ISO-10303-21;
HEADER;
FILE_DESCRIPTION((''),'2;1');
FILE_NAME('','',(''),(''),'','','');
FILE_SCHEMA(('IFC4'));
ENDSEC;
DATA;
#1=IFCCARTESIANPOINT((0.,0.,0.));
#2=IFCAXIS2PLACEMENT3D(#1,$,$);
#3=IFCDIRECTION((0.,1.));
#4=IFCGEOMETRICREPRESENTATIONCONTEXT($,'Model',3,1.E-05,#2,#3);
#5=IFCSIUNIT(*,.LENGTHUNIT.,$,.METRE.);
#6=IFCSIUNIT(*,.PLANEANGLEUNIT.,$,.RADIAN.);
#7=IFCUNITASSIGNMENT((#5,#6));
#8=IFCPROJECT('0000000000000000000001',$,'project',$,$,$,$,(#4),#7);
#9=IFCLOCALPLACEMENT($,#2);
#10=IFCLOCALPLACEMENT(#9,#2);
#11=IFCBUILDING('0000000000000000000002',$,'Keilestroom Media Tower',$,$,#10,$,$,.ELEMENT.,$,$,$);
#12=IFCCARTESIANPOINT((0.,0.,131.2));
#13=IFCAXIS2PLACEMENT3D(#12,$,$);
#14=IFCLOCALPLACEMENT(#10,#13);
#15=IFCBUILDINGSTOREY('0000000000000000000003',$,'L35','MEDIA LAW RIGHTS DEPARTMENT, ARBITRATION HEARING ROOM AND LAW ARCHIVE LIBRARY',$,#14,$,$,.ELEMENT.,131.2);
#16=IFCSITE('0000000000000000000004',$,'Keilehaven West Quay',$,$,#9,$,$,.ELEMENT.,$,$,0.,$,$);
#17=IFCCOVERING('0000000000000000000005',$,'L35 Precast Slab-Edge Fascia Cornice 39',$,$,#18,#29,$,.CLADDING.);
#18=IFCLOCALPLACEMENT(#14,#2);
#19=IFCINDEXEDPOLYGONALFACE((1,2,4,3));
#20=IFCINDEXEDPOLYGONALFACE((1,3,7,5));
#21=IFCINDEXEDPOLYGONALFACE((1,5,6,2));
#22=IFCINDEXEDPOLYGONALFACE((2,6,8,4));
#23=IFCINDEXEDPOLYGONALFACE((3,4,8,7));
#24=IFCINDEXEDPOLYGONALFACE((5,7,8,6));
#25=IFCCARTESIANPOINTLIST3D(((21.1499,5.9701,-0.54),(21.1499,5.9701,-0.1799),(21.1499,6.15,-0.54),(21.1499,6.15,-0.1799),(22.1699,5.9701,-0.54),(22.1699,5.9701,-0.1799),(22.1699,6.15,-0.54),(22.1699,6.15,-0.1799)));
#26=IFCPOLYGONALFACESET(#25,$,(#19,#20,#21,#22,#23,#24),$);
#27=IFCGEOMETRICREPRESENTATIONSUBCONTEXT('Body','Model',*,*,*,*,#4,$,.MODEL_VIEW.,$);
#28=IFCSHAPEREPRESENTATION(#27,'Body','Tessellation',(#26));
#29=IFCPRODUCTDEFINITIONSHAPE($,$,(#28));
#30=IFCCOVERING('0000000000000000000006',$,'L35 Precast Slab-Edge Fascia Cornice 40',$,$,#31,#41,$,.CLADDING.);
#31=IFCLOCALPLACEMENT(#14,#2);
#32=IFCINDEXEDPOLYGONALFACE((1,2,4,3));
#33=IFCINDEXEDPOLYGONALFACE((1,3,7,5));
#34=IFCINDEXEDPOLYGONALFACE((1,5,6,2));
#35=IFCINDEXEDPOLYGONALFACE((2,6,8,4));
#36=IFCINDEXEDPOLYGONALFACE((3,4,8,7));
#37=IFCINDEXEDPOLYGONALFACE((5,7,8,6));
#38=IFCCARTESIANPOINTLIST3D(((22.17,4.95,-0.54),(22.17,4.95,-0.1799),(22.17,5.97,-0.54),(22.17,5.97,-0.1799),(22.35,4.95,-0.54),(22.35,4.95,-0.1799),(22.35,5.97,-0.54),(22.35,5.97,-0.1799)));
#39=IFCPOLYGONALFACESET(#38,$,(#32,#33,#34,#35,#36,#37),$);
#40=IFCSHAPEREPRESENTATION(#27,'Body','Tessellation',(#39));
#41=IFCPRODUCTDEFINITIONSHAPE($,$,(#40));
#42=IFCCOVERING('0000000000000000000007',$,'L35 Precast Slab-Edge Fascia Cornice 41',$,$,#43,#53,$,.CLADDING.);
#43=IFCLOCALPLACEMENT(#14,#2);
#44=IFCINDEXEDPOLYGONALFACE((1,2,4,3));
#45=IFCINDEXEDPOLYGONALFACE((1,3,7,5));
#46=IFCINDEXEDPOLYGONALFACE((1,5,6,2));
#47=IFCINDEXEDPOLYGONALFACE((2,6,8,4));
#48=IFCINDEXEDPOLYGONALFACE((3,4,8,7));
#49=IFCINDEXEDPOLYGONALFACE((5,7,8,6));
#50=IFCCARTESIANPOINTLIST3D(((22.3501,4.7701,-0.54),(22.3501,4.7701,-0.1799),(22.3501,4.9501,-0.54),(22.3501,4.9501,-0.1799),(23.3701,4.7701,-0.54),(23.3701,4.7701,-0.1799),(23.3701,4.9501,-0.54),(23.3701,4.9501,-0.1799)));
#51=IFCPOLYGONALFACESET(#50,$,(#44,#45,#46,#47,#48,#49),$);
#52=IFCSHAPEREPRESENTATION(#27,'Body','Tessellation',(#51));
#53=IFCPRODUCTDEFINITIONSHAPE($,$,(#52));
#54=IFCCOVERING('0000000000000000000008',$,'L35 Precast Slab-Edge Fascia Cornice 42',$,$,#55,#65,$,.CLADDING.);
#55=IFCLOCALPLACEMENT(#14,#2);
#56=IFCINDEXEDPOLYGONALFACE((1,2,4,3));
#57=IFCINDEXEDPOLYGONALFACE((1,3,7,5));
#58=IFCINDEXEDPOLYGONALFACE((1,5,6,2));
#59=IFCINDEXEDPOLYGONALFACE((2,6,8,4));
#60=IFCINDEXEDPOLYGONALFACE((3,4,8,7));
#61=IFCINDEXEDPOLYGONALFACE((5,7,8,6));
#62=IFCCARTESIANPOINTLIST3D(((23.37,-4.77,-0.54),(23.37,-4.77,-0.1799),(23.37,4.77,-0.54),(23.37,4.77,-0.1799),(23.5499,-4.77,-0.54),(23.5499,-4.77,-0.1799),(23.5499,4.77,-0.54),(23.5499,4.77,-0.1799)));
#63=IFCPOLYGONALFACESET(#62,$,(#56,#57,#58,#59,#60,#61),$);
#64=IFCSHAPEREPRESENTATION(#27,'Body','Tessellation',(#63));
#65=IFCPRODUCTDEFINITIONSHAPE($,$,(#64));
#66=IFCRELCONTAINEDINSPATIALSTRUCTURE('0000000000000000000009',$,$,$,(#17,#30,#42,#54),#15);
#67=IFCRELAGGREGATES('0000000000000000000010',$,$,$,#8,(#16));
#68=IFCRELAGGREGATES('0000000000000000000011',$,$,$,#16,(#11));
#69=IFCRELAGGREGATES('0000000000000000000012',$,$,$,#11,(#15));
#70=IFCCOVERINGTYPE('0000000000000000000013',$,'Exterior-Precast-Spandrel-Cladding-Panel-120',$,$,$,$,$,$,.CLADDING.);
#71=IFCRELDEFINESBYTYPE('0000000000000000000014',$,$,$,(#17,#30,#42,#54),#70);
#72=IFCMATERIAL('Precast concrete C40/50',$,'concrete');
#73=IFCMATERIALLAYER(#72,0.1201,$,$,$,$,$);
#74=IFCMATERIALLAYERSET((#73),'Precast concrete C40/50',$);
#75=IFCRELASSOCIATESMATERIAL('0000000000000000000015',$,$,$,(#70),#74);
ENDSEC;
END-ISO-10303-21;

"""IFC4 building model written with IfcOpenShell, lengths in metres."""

from ifc_helpers import new_model, si_unit, direction, frame, origin, origin_2d, place, context, subcontext, project, spatial, rectangle, extrude, source, transform, mapped, material, layer, layer_set, type_object, element, save


model = new_model("IFC4")

# Units and contexts
model_context = context("Model", 3, precision=1e-05, world=origin(), true_north=direction((0.0, 1.0)))
body_context = subcontext(model_context, "Body", "Model", "MODEL_VIEW")
ifc_project = project(units=[si_unit("LENGTHUNIT", "METRE"), si_unit("PLANEANGLEUNIT", "RADIAN")], contexts=[model_context])

# Site, building, storey
site_placement = place(None, origin())
site = spatial("IfcSite", under=ifc_project, at=site_placement, Name="Keilehaven West Quay", CompositionType="ELEMENT", RefElevation=0.0)
building_placement = place(site_placement, origin())
building = spatial("IfcBuilding", under=site, at=building_placement, Name="Keilestroom Media Tower", CompositionType="ELEMENT")
storey_placement = place(building_placement, frame((0.0, 0.0, 131.2)))
storey = spatial("IfcBuildingStorey", under=building, at=storey_placement, Name="L35", Description="MEDIA LAW RIGHTS DEPARTMENT, ARBITRATION HEARING ROOM AND LAW ARCHIVE LIBRARY", CompositionType="ELEMENT", Elevation=131.2)

# Shared definitions
ifc_material_1 = material(Name="Precast concrete C40/50", Category="concrete")

# Coverings
ifc_layer_1 = layer(ifc_material_1, 0.1201)
ifc_layer_set_1 = layer_set([ifc_layer_1], Name="Precast concrete C40/50")
covering_type = type_object("IfcCoveringType", Name="Exterior-Precast-Spandrel-Cladding-Panel-120", PredefinedType="CLADDING", material=ifc_layer_set_1)
shared_shape_1 = source(origin(), body_context, "Body", "SweptSolid", [
    extrude(rectangle(XDim=1.02, YDim=0.1799, at=origin_2d()), origin(), (0.0, 0.0, 1.0), 0.3601),
])
for number, where, z_axis, x_axis, name in (
    (1, (21.6599, 6.0601, -0.54), (0.0, 0.0, 1.0), (1.0, 0.0, 0.0), "L35 Precast Slab-Edge Fascia Cornice 39"),
    (2, (22.26, 5.46, -0.54), (0.0, 0.0, 1.0), (0.0, -1.0, 0.0), "L35 Precast Slab-Edge Fascia Cornice 40"),
    (3, (22.8601, 4.8601, -0.54), (0.0, 0.0, 1.0), (1.0, 0.0, 0.0), "L35 Precast Slab-Edge Fascia Cornice 41"),
):
    element("IfcCovering", number, at=place(storey_placement, frame(where, z_axis=z_axis, x_axis=x_axis)), inside=storey, type_object=covering_type, Name=name, PredefinedType="CLADDING", context=body_context, shape_type="MappedRepresentation", body=[
        mapped(shared_shape_1, transform((0.0, 0.0, 0.0), x_axis=(1.0, 0.0, 0.0), y_axis=(0.0, 1.0, 0.0), z_axis=(0.0, 0.0, 1.0), scale=1.0)),
    ])
shared_shape_2 = source(origin(), body_context, "Body", "SweptSolid", [
    extrude(rectangle(XDim=9.54, YDim=0.1799, at=origin_2d()), origin(), (0.0, 0.0, 1.0), 0.3601),
])
covering_placement = place(storey_placement, frame((23.46, 0.0, -0.54), z_axis=(0.0, 0.0, 1.0), x_axis=(0.0, -1.0, 0.0)))
element("IfcCovering", 4, at=covering_placement, inside=storey, type_object=covering_type, Name="L35 Precast Slab-Edge Fascia Cornice 42", PredefinedType="CLADDING", context=body_context, shape_type="MappedRepresentation", body=[
    mapped(shared_shape_2, transform((0.0, 0.0, 0.0), x_axis=(1.0, 0.0, 0.0), y_axis=(0.0, 1.0, 0.0), z_axis=(0.0, 0.0, 1.0), scale=1.0)),
])

save(model, "model.ifc")
